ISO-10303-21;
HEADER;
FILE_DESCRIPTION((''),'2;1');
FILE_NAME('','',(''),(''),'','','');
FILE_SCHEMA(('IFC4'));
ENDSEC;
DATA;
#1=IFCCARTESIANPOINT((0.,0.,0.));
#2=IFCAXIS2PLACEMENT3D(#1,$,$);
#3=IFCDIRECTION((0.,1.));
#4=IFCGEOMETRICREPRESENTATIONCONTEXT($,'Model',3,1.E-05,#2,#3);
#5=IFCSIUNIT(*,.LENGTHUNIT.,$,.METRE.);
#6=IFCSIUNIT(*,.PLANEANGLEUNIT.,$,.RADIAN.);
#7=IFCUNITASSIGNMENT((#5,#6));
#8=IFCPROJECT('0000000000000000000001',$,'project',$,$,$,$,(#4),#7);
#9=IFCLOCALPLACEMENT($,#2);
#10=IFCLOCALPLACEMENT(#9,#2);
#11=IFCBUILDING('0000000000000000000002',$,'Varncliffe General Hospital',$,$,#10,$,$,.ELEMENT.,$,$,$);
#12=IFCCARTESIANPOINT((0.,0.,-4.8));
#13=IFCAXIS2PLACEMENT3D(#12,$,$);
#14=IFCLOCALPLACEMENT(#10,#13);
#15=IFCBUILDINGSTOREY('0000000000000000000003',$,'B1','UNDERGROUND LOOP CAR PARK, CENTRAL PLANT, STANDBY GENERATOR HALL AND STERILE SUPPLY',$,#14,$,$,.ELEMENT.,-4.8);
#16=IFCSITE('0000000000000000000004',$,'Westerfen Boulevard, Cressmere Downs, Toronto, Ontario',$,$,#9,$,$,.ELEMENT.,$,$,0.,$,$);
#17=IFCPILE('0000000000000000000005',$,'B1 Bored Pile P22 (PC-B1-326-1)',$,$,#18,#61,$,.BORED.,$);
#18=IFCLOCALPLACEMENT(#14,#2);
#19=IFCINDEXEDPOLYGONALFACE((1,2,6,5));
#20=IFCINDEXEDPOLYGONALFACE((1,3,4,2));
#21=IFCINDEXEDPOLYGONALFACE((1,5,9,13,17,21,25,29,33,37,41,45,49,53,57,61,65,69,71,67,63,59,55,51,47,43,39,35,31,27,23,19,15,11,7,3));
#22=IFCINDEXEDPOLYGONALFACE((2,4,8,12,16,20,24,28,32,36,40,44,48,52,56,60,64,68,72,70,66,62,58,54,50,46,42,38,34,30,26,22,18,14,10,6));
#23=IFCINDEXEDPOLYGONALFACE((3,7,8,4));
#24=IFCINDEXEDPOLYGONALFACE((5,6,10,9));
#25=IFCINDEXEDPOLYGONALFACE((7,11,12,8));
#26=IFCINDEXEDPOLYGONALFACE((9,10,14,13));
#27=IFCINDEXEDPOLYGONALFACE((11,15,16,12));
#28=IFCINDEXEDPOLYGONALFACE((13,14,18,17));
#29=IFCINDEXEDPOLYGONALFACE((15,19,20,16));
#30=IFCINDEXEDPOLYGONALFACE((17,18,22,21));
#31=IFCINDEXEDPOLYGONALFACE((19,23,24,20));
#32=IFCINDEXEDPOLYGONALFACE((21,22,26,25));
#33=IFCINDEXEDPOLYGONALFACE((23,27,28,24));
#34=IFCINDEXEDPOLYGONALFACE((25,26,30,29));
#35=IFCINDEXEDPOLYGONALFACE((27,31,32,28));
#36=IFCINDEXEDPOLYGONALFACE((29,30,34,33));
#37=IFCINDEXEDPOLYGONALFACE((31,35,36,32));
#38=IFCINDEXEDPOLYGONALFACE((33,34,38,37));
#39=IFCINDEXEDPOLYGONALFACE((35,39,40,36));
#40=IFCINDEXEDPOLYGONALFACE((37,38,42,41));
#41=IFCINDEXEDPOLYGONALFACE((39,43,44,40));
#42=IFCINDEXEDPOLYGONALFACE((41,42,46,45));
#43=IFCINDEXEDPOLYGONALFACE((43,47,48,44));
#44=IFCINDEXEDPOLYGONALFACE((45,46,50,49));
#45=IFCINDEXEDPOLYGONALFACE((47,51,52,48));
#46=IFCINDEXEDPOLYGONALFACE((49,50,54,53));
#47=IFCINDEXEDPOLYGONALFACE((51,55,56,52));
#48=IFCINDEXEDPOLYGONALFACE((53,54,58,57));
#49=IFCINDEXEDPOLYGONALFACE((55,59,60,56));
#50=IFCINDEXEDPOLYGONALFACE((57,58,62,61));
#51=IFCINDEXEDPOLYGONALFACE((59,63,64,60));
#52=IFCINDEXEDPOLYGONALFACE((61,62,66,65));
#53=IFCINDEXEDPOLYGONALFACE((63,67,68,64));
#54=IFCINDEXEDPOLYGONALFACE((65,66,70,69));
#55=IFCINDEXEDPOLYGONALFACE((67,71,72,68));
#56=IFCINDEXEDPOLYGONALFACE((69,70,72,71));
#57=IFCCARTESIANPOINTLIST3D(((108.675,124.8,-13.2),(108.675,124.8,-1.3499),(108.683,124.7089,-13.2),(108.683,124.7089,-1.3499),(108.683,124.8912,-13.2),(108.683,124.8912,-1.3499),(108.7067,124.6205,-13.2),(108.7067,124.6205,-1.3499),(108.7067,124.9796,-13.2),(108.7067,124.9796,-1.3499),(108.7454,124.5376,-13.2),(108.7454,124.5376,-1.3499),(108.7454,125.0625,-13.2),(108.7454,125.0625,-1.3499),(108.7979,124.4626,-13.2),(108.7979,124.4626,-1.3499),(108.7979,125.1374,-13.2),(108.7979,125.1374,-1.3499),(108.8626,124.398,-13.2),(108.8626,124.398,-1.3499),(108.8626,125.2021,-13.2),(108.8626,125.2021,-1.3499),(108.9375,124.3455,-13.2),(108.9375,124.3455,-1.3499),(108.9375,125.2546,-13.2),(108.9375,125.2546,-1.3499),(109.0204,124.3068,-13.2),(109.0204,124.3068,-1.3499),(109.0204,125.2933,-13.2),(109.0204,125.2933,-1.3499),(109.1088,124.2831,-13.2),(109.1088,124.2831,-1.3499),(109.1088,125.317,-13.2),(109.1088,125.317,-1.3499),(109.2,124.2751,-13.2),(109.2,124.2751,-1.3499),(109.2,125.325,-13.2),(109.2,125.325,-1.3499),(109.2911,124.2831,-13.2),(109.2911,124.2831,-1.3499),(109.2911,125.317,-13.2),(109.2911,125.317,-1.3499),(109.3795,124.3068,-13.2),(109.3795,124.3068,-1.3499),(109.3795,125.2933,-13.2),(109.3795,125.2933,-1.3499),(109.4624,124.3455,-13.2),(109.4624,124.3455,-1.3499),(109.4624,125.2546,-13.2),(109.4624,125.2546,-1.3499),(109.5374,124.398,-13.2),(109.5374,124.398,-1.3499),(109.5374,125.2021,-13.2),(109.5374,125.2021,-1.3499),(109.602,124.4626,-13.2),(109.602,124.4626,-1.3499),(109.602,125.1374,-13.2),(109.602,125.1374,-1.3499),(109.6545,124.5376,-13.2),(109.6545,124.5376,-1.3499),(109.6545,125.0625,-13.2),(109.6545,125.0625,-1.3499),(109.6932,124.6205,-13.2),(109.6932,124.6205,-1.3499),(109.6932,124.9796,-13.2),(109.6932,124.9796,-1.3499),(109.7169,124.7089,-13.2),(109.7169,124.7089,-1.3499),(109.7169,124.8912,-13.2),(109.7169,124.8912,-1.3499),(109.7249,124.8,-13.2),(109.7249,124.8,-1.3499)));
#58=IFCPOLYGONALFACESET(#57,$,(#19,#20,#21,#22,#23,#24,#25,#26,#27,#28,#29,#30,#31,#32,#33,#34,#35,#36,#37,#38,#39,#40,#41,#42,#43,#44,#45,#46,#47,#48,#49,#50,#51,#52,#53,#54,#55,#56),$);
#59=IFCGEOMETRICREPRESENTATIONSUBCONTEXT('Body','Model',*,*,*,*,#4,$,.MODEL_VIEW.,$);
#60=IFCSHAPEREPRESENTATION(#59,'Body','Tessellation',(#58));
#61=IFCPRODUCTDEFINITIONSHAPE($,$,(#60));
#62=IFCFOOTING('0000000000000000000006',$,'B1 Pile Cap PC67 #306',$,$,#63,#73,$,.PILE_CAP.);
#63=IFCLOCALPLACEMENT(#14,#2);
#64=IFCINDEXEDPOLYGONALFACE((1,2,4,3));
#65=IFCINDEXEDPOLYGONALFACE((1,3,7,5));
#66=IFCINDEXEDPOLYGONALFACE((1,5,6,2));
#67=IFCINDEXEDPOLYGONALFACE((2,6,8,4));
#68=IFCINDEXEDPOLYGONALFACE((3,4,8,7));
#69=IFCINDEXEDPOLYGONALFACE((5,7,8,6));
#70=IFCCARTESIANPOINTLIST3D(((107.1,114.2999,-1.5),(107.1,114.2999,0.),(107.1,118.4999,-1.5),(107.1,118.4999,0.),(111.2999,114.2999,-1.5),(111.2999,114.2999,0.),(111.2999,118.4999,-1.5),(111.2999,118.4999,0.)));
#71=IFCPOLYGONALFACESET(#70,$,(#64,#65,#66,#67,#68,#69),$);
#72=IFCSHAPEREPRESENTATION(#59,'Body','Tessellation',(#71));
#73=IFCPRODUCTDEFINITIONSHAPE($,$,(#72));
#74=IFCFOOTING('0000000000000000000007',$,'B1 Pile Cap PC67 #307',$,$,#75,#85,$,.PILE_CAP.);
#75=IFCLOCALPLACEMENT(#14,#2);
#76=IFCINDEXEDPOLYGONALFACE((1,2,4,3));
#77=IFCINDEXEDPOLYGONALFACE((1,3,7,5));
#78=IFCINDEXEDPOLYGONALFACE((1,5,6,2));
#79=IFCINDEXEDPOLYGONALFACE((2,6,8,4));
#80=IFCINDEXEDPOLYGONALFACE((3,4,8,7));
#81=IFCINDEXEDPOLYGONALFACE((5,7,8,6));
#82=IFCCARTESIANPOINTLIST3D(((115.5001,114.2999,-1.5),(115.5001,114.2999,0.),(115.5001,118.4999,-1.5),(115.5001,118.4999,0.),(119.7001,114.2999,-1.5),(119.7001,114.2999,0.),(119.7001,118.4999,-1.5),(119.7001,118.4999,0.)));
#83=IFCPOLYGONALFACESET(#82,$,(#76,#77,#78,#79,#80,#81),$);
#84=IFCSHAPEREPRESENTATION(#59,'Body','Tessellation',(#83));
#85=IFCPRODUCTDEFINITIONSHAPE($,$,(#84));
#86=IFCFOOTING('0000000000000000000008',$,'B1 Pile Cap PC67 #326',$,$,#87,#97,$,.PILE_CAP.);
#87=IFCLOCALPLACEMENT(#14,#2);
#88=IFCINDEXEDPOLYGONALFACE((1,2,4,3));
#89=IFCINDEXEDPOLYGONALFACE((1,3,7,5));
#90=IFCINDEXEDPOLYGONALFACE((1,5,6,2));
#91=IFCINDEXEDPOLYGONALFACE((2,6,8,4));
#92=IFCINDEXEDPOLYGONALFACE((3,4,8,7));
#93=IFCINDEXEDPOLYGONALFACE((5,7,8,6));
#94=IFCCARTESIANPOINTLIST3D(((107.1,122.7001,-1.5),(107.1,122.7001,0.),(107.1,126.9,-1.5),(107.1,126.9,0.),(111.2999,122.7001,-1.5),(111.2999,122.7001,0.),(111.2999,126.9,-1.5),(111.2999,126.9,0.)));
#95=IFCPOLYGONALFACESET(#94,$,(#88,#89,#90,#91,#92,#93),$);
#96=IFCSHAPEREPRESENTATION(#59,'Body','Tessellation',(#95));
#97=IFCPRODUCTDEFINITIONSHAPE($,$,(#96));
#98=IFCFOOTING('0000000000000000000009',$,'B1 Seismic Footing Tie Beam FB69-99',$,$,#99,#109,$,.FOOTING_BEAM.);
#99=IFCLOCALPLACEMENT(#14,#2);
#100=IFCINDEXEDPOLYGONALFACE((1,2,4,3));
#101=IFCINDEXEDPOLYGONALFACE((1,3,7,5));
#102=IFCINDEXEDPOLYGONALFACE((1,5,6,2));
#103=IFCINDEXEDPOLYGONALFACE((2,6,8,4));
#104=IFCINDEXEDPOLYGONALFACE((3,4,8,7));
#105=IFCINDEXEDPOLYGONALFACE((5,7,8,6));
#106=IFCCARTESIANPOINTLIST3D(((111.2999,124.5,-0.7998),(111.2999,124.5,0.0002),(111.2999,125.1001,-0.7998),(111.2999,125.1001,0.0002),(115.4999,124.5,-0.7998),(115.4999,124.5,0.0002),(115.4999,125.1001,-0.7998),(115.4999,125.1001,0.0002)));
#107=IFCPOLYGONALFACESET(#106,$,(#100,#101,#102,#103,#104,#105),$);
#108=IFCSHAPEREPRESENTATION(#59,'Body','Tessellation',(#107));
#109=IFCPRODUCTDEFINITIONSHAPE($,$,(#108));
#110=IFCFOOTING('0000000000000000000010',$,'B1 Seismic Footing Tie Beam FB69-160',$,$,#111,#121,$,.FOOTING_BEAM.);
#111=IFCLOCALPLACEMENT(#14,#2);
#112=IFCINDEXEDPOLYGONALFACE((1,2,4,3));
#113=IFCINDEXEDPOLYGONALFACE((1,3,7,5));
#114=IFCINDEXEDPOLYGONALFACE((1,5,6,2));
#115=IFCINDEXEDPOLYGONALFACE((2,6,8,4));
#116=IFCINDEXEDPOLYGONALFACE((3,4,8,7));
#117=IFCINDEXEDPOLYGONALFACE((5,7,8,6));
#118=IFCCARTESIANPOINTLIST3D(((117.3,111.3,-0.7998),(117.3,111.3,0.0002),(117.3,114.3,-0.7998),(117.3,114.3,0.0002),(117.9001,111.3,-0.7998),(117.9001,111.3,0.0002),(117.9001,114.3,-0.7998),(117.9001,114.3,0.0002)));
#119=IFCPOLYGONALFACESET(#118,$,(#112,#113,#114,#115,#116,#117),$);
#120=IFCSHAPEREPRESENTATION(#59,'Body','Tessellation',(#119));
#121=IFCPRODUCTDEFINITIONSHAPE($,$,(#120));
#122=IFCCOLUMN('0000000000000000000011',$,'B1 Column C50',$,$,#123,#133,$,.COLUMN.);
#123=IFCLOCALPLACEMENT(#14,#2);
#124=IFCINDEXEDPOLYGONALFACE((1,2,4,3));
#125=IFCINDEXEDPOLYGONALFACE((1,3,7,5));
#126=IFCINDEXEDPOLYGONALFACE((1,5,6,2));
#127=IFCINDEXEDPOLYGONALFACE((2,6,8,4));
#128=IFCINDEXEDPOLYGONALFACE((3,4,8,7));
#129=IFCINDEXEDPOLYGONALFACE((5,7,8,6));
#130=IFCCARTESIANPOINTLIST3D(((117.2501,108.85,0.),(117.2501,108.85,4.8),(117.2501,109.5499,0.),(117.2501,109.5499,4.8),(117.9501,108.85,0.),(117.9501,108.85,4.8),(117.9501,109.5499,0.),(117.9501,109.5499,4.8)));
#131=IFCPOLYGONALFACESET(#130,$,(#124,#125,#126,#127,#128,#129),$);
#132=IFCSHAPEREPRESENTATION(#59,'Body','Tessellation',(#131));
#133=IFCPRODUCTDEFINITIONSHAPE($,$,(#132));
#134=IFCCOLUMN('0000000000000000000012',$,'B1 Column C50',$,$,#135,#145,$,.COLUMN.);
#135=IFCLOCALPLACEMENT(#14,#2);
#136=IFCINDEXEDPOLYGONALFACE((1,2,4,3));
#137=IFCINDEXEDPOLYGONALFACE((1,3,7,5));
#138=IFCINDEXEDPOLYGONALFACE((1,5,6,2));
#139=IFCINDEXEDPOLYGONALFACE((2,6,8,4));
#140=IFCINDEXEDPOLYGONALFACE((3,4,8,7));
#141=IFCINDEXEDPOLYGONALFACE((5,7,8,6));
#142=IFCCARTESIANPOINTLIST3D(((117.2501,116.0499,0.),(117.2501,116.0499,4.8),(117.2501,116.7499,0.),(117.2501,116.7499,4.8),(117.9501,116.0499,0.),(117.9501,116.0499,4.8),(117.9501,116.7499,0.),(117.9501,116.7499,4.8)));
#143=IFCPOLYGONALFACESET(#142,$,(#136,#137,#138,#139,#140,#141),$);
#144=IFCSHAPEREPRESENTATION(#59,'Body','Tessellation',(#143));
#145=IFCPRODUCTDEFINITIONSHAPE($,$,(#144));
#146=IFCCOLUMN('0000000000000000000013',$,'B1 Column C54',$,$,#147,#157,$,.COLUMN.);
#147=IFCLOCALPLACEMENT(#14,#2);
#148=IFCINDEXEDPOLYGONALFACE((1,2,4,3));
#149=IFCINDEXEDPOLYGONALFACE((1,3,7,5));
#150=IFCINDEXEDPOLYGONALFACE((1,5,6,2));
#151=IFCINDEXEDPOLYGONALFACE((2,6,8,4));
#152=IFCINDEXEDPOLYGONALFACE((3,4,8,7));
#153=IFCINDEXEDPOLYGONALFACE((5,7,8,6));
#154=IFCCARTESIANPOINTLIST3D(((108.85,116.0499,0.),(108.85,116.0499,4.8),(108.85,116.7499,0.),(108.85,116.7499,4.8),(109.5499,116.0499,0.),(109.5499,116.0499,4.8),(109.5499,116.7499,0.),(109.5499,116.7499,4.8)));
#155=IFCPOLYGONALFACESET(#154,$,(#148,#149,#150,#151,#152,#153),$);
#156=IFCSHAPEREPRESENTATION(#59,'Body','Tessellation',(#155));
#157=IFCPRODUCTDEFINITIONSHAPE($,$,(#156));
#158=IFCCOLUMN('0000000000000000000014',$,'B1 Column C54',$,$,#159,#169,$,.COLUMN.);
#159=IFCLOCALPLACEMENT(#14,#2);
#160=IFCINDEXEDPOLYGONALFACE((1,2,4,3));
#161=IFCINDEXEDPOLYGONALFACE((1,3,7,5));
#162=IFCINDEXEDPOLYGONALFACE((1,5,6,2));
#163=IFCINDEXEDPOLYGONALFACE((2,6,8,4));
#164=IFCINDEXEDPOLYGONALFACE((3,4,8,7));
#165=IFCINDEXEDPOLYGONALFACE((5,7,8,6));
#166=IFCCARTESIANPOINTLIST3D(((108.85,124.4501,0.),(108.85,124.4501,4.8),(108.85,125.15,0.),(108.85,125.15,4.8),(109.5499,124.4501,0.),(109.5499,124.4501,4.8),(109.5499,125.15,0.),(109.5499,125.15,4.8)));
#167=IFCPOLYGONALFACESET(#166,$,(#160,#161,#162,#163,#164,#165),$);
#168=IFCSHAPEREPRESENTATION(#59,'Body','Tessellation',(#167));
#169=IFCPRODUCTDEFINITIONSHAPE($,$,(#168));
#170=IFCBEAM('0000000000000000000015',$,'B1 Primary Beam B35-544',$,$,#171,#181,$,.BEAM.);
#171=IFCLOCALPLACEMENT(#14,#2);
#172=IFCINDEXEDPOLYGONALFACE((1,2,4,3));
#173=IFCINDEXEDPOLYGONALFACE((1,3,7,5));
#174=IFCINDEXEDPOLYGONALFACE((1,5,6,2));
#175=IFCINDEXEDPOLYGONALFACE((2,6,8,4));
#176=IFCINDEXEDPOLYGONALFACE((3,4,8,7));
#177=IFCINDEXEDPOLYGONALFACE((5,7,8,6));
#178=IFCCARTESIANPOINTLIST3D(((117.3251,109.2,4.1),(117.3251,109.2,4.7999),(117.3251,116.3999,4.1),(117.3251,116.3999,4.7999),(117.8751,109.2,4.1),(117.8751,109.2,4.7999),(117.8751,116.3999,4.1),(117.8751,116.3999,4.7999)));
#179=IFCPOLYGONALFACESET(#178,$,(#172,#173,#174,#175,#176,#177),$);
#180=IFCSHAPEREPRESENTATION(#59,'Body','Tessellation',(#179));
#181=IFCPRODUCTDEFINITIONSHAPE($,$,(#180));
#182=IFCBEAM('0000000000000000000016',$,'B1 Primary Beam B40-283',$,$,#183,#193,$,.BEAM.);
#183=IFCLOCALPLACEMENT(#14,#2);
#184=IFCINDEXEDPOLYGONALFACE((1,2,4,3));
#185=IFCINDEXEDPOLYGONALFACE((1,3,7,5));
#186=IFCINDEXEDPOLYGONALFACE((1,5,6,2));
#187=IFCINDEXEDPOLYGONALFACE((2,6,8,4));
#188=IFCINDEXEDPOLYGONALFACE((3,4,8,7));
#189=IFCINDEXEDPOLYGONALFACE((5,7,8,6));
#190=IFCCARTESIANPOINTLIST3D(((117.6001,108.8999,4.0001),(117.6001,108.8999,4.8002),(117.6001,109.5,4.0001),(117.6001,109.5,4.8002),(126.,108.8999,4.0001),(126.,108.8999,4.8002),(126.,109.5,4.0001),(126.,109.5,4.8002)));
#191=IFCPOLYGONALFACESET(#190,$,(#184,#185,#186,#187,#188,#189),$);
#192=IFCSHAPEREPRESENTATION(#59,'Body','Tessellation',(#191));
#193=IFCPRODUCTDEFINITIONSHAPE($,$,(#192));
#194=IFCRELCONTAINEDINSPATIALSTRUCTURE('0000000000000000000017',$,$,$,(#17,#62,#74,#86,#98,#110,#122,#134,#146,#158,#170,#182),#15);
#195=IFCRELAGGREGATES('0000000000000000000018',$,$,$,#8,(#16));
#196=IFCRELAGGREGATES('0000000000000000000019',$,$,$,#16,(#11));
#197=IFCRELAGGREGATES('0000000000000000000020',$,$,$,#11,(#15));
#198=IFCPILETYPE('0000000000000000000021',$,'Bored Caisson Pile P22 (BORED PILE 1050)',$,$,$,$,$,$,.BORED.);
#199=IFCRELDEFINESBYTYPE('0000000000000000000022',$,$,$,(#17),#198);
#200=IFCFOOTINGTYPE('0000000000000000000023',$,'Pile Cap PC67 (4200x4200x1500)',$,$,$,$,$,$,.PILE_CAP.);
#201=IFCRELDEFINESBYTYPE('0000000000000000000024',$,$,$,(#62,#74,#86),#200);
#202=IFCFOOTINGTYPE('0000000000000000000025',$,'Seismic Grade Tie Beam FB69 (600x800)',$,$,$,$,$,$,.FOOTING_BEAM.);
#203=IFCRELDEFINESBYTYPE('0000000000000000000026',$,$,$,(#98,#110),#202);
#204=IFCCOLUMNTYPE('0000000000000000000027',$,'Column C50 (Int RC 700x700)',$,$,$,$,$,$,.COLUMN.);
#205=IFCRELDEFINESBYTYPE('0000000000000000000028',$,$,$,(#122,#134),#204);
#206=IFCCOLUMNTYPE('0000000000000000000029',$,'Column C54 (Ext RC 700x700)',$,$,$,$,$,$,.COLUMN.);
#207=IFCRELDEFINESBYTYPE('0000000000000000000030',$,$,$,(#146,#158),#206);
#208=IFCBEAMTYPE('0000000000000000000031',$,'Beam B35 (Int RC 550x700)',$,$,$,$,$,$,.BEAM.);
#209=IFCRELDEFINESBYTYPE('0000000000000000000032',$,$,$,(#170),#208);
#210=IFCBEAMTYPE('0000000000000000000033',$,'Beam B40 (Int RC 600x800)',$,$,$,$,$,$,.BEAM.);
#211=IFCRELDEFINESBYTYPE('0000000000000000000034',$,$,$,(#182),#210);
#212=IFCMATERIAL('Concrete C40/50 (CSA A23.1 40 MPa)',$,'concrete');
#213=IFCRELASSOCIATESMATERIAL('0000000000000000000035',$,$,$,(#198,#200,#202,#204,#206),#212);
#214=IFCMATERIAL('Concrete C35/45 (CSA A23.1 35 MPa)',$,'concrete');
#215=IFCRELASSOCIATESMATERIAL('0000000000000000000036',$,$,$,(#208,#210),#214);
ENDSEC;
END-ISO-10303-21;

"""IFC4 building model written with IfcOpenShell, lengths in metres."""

from ifc_helpers import new_model, si_unit, direction, frame, origin, origin_2d, place, context, subcontext, project, spatial, rectangle, circle, extrude, material, material_profile, profile_set, type_object, element, save


model = new_model("IFC4")

# Units and contexts
model_context = context("Model", 3, precision=1e-05, world=origin(), true_north=direction((0.0, 1.0)))
body_context = subcontext(model_context, "Body", "Model", "MODEL_VIEW")
ifc_project = project(units=[si_unit("LENGTHUNIT", "METRE"), si_unit("PLANEANGLEUNIT", "RADIAN")], contexts=[model_context])

# Site, building, storey
site_placement = place(None, origin())
site = spatial("IfcSite", under=ifc_project, at=site_placement, Name="Westerfen Boulevard, Cressmere Downs, Toronto, Ontario", CompositionType="ELEMENT", RefElevation=0.0)
building_placement = place(site_placement, origin())
building = spatial("IfcBuilding", under=site, at=building_placement, Name="Varncliffe General Hospital", CompositionType="ELEMENT")
storey_placement = place(building_placement, frame((0.0, 0.0, -4.8)))
storey = spatial("IfcBuildingStorey", under=building, at=storey_placement, Name="B1", Description="UNDERGROUND LOOP CAR PARK, CENTRAL PLANT, STANDBY GENERATOR HALL AND STERILE SUPPLY", CompositionType="ELEMENT", Elevation=-4.8)

# Pile
ifc_material_1 = material(Name="Concrete C40/50 (CSA A23.1 40 MPa)", Category="concrete")
ifc_material_profile_1 = material_profile(ifc_material_1, circle(Radius=0.5249, at=origin_2d()), Name="BORED PILE 1050")
ifc_profile_set_1 = profile_set([ifc_material_profile_1], Name="Concrete C40/50 (CSA A23.1 40 MPa)")
pile_type = type_object("IfcPileType", Name="Bored Caisson Pile P22 (BORED PILE 1050)", PredefinedType="BORED", material=ifc_profile_set_1)
for number, where, z_axis, x_axis, name in (
    (1, (109.2, 124.8, -1.3499), (0.0, 0.0, -1.0), (1.0, 0.0, 0.0), "B1 Bored Pile P22 (PC-B1-326-1)"),
):
    element("IfcPile", number, at=place(storey_placement, frame(where, z_axis=z_axis, x_axis=x_axis)), inside=storey, type_object=pile_type, Name=name, PredefinedType="BORED", context=body_context, shape_type="SweptSolid", body=[
        extrude(circle(Radius=0.5249, at=origin_2d()), origin(), (0.0, 0.0, 1.0), 11.8501),
    ])

# Footings
footing_type_1 = type_object("IfcFootingType", Name="Pile Cap PC67 (4200x4200x1500)", PredefinedType="PILE_CAP", material=ifc_material_1)
for number, where, z_axis, x_axis, name in (
    (2, (109.2, 116.3999, -1.5), (0.0, 0.0, 1.0), (1.0, 0.0, 0.0), "B1 Pile Cap PC67 #306"),
    (3, (117.6001, 116.3999, -1.5), (0.0, 0.0, 1.0), (1.0, 0.0, 0.0), "B1 Pile Cap PC67 #307"),
    (4, (109.2, 124.8, -1.5), (0.0, 0.0, 1.0), (1.0, 0.0, 0.0), "B1 Pile Cap PC67 #326"),
):
    element("IfcFooting", number, at=place(storey_placement, frame(where, z_axis=z_axis, x_axis=x_axis)), inside=storey, type_object=footing_type_1, Name=name, PredefinedType="PILE_CAP", context=body_context, shape_type="SweptSolid", body=[
        extrude(rectangle(XDim=4.2, YDim=4.2, at=origin_2d()), origin(), (0.0, 0.0, 1.0), 1.5),
    ])
footing_type_2 = type_object("IfcFootingType", Name="Seismic Grade Tie Beam FB69 (600x800)", PredefinedType="FOOTING_BEAM", material=ifc_material_1)
footing_1_placement = place(storey_placement, frame((113.3999, 124.8, -0.7998), z_axis=(0.0, 0.0, 1.0), x_axis=(1.0, 0.0, 0.0)))
element("IfcFooting", 5, at=footing_1_placement, inside=storey, type_object=footing_type_2, Name="B1 Seismic Footing Tie Beam FB69-99", PredefinedType="FOOTING_BEAM", context=body_context, shape_type="SweptSolid", body=[
    extrude(rectangle(XDim=4.2, YDim=0.6001, at=origin_2d()), origin(), (0.0, 0.0, 1.0), 0.8),
])
footing_2_placement = place(storey_placement, frame((117.6001, 112.8, -0.7998), z_axis=(0.0, 0.0, 1.0), x_axis=(1.0, 0.0, 0.0)))
element("IfcFooting", 6, at=footing_2_placement, inside=storey, type_object=footing_type_2, Name="B1 Seismic Footing Tie Beam FB69-160", PredefinedType="FOOTING_BEAM", context=body_context, shape_type="SweptSolid", body=[
    extrude(rectangle(XDim=0.6001, YDim=3.0, at=origin_2d()), origin(), (0.0, 0.0, 1.0), 0.8),
])

# Columns
ifc_material_profile_2 = material_profile(ifc_material_1, rectangle(XDim=0.7, YDim=0.7, at=origin_2d()), Name="RC 700x700")
ifc_profile_set_2 = profile_set([ifc_material_profile_2], Name="Concrete C40/50 (CSA A23.1 40 MPa)")
column_type_1 = type_object("IfcColumnType", Name="Column C50 (Int RC 700x700)", PredefinedType="COLUMN", material=ifc_profile_set_2)
for number, where, z_axis, x_axis, name in (
    (7, (117.6001, 109.2, 0.0), (0.0, 0.0, 1.0), (1.0, 0.0, 0.0), "B1 Column C50"),
    (8, (117.6001, 116.3999, 0.0), (0.0, 0.0, 1.0), (1.0, 0.0, 0.0), "B1 Column C50"),
):
    element("IfcColumn", number, at=place(storey_placement, frame(where, z_axis=z_axis, x_axis=x_axis)), inside=storey, type_object=column_type_1, Name=name, PredefinedType="COLUMN", context=body_context, shape_type="SweptSolid", body=[
        extrude(rectangle(XDim=0.7, YDim=0.7, at=origin_2d()), origin(), (0.0, 0.0, 1.0), 4.8),
    ])
ifc_material_profile_3 = material_profile(ifc_material_1, rectangle(XDim=0.7, YDim=0.7, at=origin_2d()), Name="RC 700x700")
ifc_profile_set_3 = profile_set([ifc_material_profile_3], Name="Concrete C40/50 (CSA A23.1 40 MPa)")
column_type_2 = type_object("IfcColumnType", Name="Column C54 (Ext RC 700x700)", PredefinedType="COLUMN", material=ifc_profile_set_3)
for number, where, z_axis, x_axis, name in (
    (9, (109.2, 116.3999, 0.0), (0.0, 0.0, 1.0), (1.0, 0.0, 0.0), "B1 Column C54"),
    (10, (109.2, 124.8, 0.0), (0.0, 0.0, 1.0), (1.0, 0.0, 0.0), "B1 Column C54"),
):
    element("IfcColumn", number, at=place(storey_placement, frame(where, z_axis=z_axis, x_axis=x_axis)), inside=storey, type_object=column_type_2, Name=name, PredefinedType="COLUMN", context=body_context, shape_type="SweptSolid", body=[
        extrude(rectangle(XDim=0.7, YDim=0.7, at=origin_2d()), origin(), (0.0, 0.0, 1.0), 4.8),
    ])

# Beams
ifc_material_2 = material(Name="Concrete C35/45 (CSA A23.1 35 MPa)", Category="concrete")
ifc_material_profile_4 = material_profile(ifc_material_2, rectangle(XDim=0.55, YDim=0.7, at=origin_2d()), Name="RC 550x700")
ifc_profile_set_4 = profile_set([ifc_material_profile_4], Name="Concrete C35/45 (CSA A23.1 35 MPa)")
beam_type_1 = type_object("IfcBeamType", Name="Beam B35 (Int RC 550x700)", PredefinedType="BEAM", material=ifc_profile_set_4)
beam_1_placement = place(storey_placement, frame((117.6001, 109.2, 4.45), z_axis=(0.0, 1.0, 0.0), x_axis=(-1.0, 0.0, 0.0)))
element("IfcBeam", 11, at=beam_1_placement, inside=storey, type_object=beam_type_1, Name="B1 Primary Beam B35-544", PredefinedType="BEAM", context=body_context, shape_type="SweptSolid", body=[
    extrude(rectangle(XDim=0.55, YDim=0.7, at=origin_2d()), origin(), (0.0, 0.0, 1.0), 7.2),
])
ifc_material_profile_5 = material_profile(ifc_material_2, rectangle(XDim=0.6001, YDim=0.8, at=origin_2d()), Name="RC 600x800")
ifc_profile_set_5 = profile_set([ifc_material_profile_5], Name="Concrete C35/45 (CSA A23.1 35 MPa)")
beam_type_2 = type_object("IfcBeamType", Name="Beam B40 (Int RC 600x800)", PredefinedType="BEAM", material=ifc_profile_set_5)
beam_2_placement = place(storey_placement, frame((117.6001, 109.2, 4.4001), z_axis=(1.0, 0.0, 0.0), x_axis=(0.0, 1.0, 0.0)))
element("IfcBeam", 12, at=beam_2_placement, inside=storey, type_object=beam_type_2, Name="B1 Primary Beam B40-283", PredefinedType="BEAM", context=body_context, shape_type="SweptSolid", body=[
    extrude(rectangle(XDim=0.6001, YDim=0.8, at=origin_2d()), origin(), (0.0, 0.0, 1.0), 8.3999),
])

save(model, "model.ifc")
